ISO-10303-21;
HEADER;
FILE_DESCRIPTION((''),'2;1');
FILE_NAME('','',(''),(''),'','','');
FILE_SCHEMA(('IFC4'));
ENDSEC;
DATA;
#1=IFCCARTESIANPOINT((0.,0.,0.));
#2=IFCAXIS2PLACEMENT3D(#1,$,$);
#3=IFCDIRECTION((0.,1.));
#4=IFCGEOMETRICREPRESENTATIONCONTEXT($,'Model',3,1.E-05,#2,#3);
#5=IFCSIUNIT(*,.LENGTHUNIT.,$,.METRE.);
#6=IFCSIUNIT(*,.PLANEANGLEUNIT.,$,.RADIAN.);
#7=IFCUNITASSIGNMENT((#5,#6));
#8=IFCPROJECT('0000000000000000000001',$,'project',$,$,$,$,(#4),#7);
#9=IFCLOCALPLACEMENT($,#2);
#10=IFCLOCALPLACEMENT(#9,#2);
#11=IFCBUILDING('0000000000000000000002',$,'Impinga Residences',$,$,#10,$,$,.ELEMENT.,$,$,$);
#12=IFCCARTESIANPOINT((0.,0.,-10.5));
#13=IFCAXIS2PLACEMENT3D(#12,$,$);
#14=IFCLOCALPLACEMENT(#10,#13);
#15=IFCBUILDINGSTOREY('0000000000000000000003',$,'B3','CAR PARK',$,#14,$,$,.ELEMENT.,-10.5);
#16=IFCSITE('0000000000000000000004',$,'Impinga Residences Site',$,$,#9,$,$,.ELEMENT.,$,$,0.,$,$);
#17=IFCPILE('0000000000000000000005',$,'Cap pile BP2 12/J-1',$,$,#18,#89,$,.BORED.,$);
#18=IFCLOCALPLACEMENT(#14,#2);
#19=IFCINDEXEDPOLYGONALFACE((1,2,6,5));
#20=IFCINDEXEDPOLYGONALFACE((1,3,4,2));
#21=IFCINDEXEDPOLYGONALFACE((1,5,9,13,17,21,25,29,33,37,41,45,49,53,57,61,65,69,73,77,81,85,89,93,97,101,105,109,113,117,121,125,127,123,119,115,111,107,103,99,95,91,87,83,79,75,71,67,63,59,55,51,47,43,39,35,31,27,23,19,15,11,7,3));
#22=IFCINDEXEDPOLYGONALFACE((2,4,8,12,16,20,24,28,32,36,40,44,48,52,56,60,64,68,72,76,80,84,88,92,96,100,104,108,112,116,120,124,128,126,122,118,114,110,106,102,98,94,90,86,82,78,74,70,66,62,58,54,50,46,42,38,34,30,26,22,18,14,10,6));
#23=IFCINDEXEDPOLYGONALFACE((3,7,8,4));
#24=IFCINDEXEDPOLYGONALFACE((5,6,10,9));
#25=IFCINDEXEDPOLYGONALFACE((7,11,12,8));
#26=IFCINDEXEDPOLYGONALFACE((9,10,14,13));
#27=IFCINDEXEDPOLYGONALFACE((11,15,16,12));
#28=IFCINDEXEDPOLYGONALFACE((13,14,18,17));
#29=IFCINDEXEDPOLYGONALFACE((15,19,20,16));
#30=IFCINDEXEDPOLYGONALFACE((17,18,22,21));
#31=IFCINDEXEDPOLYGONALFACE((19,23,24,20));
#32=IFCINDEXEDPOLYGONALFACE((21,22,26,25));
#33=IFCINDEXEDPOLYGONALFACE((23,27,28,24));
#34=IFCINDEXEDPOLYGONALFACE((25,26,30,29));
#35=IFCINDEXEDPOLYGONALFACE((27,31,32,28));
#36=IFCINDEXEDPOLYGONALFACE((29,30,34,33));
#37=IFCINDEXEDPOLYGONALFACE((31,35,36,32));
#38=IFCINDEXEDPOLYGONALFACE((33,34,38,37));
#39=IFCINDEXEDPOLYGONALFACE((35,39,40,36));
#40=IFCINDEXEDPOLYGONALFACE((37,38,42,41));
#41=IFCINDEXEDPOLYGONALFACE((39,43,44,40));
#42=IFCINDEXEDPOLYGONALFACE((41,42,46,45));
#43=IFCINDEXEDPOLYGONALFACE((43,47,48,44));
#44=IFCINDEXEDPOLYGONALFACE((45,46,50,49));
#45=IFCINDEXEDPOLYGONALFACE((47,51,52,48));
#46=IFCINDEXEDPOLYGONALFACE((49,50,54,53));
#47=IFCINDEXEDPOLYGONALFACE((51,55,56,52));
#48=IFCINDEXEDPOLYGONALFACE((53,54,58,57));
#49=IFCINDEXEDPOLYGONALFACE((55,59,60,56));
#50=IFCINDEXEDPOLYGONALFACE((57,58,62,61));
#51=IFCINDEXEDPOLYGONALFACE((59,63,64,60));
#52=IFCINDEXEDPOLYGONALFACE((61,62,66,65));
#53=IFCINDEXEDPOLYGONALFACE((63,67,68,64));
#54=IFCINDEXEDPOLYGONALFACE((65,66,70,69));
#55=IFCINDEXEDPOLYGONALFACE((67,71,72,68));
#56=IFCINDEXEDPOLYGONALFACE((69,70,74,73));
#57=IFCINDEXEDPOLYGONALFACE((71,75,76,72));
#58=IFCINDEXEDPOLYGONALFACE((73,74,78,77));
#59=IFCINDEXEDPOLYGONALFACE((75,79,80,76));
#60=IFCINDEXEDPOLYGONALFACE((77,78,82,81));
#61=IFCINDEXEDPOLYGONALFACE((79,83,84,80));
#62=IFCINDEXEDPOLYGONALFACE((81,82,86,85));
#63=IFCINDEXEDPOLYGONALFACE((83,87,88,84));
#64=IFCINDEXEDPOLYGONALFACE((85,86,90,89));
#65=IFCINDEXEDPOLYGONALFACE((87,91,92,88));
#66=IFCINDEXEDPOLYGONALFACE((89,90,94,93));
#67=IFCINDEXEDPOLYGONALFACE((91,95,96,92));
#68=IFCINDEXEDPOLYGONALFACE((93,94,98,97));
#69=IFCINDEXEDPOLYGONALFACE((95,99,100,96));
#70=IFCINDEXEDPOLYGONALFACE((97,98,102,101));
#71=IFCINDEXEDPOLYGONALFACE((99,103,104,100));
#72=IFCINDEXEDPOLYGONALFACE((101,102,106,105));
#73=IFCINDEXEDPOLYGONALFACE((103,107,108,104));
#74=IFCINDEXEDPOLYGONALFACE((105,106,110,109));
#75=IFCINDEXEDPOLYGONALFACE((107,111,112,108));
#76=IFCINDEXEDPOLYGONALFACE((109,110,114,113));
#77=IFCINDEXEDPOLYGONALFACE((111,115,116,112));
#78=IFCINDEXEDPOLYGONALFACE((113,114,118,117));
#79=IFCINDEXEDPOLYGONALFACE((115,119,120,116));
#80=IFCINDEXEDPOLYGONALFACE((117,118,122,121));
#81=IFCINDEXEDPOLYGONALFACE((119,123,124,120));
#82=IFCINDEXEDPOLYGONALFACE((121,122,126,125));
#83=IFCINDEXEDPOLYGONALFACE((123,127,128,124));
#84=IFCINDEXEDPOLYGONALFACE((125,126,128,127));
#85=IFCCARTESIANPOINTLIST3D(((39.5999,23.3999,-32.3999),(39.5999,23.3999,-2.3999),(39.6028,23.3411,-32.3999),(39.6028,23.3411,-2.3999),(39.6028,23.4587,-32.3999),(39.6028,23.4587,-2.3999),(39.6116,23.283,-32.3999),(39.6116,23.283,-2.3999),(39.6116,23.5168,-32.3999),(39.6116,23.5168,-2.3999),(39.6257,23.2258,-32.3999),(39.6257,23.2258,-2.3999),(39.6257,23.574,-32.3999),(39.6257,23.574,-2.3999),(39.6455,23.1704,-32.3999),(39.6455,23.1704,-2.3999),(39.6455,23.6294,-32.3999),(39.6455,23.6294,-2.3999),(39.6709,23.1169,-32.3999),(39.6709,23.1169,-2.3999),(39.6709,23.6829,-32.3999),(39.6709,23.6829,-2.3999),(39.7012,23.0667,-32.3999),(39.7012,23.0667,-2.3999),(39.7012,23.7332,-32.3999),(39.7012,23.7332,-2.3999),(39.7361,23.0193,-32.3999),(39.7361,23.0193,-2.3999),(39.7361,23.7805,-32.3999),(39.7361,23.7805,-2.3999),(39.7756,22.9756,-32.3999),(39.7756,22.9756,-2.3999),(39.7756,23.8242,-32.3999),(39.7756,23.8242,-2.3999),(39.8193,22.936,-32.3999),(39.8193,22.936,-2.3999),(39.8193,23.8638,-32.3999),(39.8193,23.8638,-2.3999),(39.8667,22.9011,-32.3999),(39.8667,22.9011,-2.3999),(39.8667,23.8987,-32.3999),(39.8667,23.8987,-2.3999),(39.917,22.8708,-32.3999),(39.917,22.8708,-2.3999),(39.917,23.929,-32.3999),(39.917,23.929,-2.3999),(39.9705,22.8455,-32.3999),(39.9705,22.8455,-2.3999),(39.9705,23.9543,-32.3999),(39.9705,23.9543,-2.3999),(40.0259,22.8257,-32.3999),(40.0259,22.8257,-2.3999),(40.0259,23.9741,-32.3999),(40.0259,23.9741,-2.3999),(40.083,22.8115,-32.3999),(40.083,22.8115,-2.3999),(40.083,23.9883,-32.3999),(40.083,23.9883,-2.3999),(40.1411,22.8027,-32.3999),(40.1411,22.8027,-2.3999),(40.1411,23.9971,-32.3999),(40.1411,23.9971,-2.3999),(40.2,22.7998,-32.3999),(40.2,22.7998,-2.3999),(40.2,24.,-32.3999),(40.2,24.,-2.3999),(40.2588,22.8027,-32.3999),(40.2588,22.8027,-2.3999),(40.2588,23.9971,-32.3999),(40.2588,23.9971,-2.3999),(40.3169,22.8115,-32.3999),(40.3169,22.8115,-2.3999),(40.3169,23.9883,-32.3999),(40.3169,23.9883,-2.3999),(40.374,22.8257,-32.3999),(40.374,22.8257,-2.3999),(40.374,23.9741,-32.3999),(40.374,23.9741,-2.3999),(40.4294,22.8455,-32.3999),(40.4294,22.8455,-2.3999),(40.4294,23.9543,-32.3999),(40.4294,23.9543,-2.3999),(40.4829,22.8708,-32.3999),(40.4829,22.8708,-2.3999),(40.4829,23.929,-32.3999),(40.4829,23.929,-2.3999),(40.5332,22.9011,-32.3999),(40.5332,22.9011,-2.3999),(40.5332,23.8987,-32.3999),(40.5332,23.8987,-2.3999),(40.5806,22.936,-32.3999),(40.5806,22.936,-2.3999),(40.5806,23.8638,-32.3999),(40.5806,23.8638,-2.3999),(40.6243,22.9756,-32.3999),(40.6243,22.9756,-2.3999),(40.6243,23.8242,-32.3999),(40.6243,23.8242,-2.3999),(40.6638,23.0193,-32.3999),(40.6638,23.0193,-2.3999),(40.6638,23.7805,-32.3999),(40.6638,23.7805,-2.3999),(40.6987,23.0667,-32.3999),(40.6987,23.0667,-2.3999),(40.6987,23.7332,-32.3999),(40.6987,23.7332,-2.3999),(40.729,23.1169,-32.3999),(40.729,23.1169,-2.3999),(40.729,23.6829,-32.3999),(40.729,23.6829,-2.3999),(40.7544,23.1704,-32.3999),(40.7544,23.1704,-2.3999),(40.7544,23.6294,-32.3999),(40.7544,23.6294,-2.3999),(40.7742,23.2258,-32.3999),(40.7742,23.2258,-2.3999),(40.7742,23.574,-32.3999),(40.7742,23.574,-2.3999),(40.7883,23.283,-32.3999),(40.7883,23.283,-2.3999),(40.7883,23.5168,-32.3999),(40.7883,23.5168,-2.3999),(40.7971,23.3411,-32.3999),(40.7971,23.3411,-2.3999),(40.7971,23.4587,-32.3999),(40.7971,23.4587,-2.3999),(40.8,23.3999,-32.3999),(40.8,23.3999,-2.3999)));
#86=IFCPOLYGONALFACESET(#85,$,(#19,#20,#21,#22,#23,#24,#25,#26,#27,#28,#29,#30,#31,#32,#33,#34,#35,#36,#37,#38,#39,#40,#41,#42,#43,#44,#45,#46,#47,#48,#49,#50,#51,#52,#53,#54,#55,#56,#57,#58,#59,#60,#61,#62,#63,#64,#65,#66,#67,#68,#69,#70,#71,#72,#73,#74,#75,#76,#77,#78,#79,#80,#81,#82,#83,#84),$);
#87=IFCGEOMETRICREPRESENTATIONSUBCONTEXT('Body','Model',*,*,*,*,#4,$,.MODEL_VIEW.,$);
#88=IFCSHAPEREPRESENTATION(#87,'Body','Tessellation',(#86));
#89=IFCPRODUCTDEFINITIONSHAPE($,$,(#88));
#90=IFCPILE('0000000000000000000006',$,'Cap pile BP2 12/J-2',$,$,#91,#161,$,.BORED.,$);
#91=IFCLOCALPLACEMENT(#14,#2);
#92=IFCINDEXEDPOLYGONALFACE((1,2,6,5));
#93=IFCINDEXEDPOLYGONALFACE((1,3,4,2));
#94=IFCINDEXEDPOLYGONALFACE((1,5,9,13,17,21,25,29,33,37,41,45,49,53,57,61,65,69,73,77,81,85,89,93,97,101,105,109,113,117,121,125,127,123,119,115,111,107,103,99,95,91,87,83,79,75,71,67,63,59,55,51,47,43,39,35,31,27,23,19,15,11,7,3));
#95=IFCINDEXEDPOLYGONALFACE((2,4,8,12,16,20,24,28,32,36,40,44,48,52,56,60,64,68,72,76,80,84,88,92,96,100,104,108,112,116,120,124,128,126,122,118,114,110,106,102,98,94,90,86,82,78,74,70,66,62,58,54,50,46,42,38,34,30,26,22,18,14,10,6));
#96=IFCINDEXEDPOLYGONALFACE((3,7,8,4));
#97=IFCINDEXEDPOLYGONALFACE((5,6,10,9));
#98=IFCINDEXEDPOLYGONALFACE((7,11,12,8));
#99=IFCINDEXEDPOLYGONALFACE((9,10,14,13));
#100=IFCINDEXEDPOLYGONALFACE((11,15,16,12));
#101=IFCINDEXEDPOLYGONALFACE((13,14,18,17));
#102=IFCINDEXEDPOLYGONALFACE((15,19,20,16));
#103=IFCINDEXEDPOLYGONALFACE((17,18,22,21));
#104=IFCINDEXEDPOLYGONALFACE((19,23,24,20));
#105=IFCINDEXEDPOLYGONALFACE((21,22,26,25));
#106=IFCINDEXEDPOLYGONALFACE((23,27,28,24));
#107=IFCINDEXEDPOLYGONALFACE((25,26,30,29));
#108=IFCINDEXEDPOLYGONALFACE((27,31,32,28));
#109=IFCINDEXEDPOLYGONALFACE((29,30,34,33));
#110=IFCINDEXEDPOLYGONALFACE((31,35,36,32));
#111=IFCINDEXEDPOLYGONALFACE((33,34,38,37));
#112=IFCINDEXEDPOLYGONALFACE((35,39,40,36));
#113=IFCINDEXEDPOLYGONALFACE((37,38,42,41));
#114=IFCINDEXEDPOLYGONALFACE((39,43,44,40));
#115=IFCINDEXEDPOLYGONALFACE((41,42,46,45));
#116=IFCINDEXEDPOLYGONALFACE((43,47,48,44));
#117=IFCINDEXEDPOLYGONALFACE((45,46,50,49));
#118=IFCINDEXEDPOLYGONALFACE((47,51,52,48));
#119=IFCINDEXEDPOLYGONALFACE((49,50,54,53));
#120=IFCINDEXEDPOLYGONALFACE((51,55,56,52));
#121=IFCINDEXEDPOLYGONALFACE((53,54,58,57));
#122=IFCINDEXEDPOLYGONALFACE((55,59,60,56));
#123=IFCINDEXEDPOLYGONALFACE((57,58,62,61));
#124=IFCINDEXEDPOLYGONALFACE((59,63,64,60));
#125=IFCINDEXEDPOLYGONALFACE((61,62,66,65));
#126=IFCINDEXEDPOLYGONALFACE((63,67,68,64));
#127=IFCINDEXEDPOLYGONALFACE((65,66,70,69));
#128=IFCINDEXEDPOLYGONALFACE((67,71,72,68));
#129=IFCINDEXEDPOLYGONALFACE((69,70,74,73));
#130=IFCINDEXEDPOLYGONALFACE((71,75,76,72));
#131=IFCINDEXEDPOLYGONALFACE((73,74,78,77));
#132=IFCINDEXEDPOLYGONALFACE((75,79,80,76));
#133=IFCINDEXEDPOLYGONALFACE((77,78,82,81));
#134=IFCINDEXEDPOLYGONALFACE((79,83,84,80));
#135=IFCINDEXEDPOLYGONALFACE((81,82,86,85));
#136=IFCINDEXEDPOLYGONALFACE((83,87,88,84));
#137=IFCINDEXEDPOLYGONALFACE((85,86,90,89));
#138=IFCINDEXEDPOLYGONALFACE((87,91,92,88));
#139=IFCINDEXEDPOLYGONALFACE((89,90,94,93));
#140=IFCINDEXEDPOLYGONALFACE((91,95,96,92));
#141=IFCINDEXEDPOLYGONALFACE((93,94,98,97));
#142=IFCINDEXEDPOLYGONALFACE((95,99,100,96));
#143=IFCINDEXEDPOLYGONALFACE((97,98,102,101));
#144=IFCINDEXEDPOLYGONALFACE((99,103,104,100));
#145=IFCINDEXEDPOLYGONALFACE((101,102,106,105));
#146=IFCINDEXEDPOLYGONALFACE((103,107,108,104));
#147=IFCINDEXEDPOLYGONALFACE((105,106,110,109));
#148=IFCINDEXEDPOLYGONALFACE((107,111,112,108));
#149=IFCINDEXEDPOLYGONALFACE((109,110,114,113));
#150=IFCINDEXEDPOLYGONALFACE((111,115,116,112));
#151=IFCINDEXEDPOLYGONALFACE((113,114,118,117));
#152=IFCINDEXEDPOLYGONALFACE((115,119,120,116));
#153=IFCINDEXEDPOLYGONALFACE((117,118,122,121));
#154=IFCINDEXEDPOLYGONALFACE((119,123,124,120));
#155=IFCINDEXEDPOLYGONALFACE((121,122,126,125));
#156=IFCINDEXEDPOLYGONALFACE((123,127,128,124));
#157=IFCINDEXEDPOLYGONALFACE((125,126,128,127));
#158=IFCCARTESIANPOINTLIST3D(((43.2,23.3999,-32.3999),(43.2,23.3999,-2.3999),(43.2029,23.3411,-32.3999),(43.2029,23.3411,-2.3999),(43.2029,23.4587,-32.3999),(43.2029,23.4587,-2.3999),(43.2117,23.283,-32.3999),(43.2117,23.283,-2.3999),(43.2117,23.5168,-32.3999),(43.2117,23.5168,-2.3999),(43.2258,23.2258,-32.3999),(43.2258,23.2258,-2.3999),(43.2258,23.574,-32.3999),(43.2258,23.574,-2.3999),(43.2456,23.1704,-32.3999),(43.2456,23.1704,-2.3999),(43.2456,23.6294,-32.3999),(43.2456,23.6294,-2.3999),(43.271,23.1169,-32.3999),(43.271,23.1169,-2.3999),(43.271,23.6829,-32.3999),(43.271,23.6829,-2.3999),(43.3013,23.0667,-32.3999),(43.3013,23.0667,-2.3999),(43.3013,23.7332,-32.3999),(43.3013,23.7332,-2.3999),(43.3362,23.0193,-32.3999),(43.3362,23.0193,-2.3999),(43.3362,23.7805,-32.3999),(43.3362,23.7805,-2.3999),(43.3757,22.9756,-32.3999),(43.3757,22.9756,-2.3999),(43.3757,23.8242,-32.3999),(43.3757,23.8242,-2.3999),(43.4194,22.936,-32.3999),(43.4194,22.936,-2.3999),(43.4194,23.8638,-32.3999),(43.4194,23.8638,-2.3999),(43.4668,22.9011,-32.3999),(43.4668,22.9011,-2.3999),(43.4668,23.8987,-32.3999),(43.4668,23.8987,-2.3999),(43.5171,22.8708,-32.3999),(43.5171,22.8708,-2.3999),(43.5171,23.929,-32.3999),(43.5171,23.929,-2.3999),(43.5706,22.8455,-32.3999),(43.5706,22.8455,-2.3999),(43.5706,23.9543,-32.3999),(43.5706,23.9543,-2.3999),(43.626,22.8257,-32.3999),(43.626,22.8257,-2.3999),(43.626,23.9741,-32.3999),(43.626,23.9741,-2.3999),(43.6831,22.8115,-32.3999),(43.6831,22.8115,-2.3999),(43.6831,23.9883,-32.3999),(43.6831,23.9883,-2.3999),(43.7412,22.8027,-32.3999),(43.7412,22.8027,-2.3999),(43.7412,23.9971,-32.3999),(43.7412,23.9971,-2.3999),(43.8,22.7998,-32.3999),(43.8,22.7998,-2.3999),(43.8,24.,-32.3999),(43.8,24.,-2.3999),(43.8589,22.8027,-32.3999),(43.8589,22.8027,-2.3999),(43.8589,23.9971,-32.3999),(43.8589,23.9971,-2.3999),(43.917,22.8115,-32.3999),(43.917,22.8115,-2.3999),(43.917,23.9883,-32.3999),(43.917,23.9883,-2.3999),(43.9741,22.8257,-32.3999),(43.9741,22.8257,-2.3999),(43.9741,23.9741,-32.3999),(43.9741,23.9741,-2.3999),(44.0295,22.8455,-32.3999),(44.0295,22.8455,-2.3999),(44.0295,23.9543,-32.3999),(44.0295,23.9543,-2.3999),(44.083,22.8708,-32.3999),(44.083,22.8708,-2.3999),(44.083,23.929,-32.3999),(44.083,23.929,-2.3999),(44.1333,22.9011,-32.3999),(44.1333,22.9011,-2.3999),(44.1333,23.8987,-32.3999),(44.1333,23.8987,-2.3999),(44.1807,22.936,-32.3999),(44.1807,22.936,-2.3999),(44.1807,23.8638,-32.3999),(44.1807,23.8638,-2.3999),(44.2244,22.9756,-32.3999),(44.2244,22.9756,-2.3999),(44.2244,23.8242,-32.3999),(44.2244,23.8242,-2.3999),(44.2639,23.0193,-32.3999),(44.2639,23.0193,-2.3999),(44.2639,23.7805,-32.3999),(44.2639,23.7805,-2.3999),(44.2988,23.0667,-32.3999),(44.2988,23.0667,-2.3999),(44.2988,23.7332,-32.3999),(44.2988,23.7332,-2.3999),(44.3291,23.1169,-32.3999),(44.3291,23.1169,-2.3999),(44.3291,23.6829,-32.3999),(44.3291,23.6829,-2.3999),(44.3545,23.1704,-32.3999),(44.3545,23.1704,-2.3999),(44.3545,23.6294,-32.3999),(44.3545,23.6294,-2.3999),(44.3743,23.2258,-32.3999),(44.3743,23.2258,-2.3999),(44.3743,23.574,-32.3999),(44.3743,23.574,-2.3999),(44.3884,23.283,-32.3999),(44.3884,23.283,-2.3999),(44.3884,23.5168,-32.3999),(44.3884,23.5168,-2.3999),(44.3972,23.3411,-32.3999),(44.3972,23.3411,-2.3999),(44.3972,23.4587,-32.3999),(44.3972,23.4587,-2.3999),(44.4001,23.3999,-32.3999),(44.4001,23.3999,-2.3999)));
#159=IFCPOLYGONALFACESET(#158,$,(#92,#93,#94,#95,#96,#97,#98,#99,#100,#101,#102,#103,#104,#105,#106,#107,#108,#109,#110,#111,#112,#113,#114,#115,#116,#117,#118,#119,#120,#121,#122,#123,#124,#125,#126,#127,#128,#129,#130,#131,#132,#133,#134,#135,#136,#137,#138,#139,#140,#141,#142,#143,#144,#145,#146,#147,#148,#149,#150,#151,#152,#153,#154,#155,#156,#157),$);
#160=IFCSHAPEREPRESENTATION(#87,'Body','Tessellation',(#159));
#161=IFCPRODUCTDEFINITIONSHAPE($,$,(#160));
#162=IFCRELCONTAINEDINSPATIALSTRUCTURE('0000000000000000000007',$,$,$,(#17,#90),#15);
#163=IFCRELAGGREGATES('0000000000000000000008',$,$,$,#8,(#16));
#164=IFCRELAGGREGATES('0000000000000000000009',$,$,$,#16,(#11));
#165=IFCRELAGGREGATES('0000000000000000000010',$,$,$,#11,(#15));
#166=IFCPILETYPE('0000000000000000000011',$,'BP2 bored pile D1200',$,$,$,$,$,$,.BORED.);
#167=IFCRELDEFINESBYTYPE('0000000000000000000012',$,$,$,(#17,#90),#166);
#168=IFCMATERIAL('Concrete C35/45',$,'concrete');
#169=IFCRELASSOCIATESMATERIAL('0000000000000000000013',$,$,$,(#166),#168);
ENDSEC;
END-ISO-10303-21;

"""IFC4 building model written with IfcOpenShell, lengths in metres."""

from ifc_helpers import new_model, si_unit, direction, frame, origin, origin_2d, place, context, subcontext, project, spatial, polyline, circle, outline, extrude, material, material_profile, profile_set, type_object, element, save


model = new_model("IFC4")

# Units and contexts
model_context = context("Model", 3, precision=1e-05, world=origin(), true_north=direction((0.0, 1.0)))
body_context = subcontext(model_context, "Body", "Model", "MODEL_VIEW")
ifc_project = project(units=[si_unit("LENGTHUNIT", "METRE"), si_unit("PLANEANGLEUNIT", "RADIAN")], contexts=[model_context])

# Site, building, storey
site_placement = place(None, origin())
site = spatial("IfcSite", under=ifc_project, at=site_placement, Name="Impinga Residences Site", CompositionType="ELEMENT", RefElevation=0.0)
building_placement = place(site_placement, origin())
building = spatial("IfcBuilding", under=site, at=building_placement, Name="Impinga Residences", CompositionType="ELEMENT")
storey_placement = place(building_placement, frame((0.0, 0.0, -10.5)))
storey = spatial("IfcBuildingStorey", under=building, at=storey_placement, Name="B3", Description="CAR PARK", CompositionType="ELEMENT", Elevation=-10.5)

# Piles
ifc_material_1 = material(Name="Concrete C35/45", Category="concrete")
ifc_material_profile_1 = material_profile(ifc_material_1, circle(Radius=0.6001, at=origin_2d()), Name="D1200")
ifc_profile_set_1 = profile_set([ifc_material_profile_1], Name="Concrete C35/45")
pile_type = type_object("IfcPileType", Name="BP2 bored pile D1200", PredefinedType="BORED", material=ifc_profile_set_1)
pile_1_placement = place(storey_placement, frame((40.2, 23.3999, -2.3999), z_axis=(0.0, 0.0, -1.0), x_axis=(1.0, 0.0, 0.0)))
element("IfcPile", 1, at=pile_1_placement, inside=storey, type_object=pile_type, Name="Cap pile BP2 12/J-1", PredefinedType="BORED", context=body_context, shape_type="SweptSolid", body=[
    extrude(outline(polyline([(0.6001, 0.0), (0.5972, 0.0588), (0.5884, 0.1169), (0.5742, 0.1741), (0.5544, 0.2295), (0.5291, 0.283), (0.4988, 0.3333), (0.4639, 0.3806), (0.4243, 0.4243), (0.3806, 0.4639), (0.3333, 0.4988), (0.283, 0.5291), (0.2295, 0.5544), (0.1741, 0.5742), (0.1169, 0.5884), (0.0588, 0.5972), (0.0, 0.6001), (-0.0588, 0.5972), (-0.1169, 0.5884), (-0.1741, 0.5742), (-0.2295, 0.5544), (-0.283, 0.5291), (-0.3333, 0.4988), (-0.3806, 0.4639), (-0.4243, 0.4243), (-0.4639, 0.3806), (-0.4988, 0.3333), (-0.5291, 0.283), (-0.5544, 0.2295), (-0.5742, 0.1741), (-0.5884, 0.1169), (-0.5972, 0.0588), (-0.6001, 0.0), (-0.5972, -0.0588), (-0.5884, -0.1169), (-0.5742, -0.1741), (-0.5544, -0.2295), (-0.5291, -0.283), (-0.4988, -0.3333), (-0.4639, -0.3806), (-0.4243, -0.4243), (-0.3806, -0.4639), (-0.3333, -0.4988), (-0.283, -0.5291), (-0.2295, -0.5544), (-0.1741, -0.5742), (-0.1169, -0.5884), (-0.0588, -0.5972), (0.0, -0.6001), (0.0588, -0.5972), (0.1169, -0.5884), (0.1741, -0.5742), (0.2295, -0.5544), (0.283, -0.5291), (0.3333, -0.4988), (0.3806, -0.4639), (0.4243, -0.4243), (0.4639, -0.3806), (0.4988, -0.3333), (0.5291, -0.283), (0.5544, -0.2295), (0.5742, -0.1741), (0.5884, -0.1169), (0.5972, -0.0588), (0.6001, 0.0)])), origin(), (0.0, 0.0, 1.0), 30.0),
])
pile_2_placement = place(storey_placement, frame((43.8, 23.3999, -2.3999), z_axis=(0.0, 0.0, -1.0), x_axis=(1.0, 0.0, 0.0)))
element("IfcPile", 2, at=pile_2_placement, inside=storey, type_object=pile_type, Name="Cap pile BP2 12/J-2", PredefinedType="BORED", context=body_context, shape_type="SweptSolid", body=[
    extrude(outline(polyline([(0.6001, 0.0), (0.5972, 0.0588), (0.5884, 0.1169), (0.5742, 0.1741), (0.5544, 0.2295), (0.5291, 0.283), (0.4988, 0.3333), (0.4639, 0.3806), (0.4243, 0.4243), (0.3806, 0.4639), (0.3333, 0.4988), (0.283, 0.5291), (0.2295, 0.5544), (0.1741, 0.5742), (0.1169, 0.5884), (0.0588, 0.5972), (0.0, 0.6001), (-0.0588, 0.5972), (-0.1169, 0.5884), (-0.1741, 0.5742), (-0.2295, 0.5544), (-0.283, 0.5291), (-0.3333, 0.4988), (-0.3806, 0.4639), (-0.4243, 0.4243), (-0.4639, 0.3806), (-0.4988, 0.3333), (-0.5291, 0.283), (-0.5544, 0.2295), (-0.5742, 0.1741), (-0.5884, 0.1169), (-0.5972, 0.0588), (-0.6001, 0.0), (-0.5972, -0.0588), (-0.5884, -0.1169), (-0.5742, -0.1741), (-0.5544, -0.2295), (-0.5291, -0.283), (-0.4988, -0.3333), (-0.4639, -0.3806), (-0.4243, -0.4243), (-0.3806, -0.4639), (-0.3333, -0.4988), (-0.283, -0.5291), (-0.2295, -0.5544), (-0.1741, -0.5742), (-0.1169, -0.5884), (-0.0588, -0.5972), (0.0, -0.6001), (0.0588, -0.5972), (0.1169, -0.5884), (0.1741, -0.5742), (0.2295, -0.5544), (0.283, -0.5291), (0.3333, -0.4988), (0.3806, -0.4639), (0.4243, -0.4243), (0.4639, -0.3806), (0.4988, -0.3333), (0.5291, -0.283), (0.5544, -0.2295), (0.5742, -0.1741), (0.5884, -0.1169), (0.5972, -0.0588), (0.6001, 0.0)])), origin(), (0.0, 0.0, 1.0), 30.0),
])

save(model, "model.ifc")
